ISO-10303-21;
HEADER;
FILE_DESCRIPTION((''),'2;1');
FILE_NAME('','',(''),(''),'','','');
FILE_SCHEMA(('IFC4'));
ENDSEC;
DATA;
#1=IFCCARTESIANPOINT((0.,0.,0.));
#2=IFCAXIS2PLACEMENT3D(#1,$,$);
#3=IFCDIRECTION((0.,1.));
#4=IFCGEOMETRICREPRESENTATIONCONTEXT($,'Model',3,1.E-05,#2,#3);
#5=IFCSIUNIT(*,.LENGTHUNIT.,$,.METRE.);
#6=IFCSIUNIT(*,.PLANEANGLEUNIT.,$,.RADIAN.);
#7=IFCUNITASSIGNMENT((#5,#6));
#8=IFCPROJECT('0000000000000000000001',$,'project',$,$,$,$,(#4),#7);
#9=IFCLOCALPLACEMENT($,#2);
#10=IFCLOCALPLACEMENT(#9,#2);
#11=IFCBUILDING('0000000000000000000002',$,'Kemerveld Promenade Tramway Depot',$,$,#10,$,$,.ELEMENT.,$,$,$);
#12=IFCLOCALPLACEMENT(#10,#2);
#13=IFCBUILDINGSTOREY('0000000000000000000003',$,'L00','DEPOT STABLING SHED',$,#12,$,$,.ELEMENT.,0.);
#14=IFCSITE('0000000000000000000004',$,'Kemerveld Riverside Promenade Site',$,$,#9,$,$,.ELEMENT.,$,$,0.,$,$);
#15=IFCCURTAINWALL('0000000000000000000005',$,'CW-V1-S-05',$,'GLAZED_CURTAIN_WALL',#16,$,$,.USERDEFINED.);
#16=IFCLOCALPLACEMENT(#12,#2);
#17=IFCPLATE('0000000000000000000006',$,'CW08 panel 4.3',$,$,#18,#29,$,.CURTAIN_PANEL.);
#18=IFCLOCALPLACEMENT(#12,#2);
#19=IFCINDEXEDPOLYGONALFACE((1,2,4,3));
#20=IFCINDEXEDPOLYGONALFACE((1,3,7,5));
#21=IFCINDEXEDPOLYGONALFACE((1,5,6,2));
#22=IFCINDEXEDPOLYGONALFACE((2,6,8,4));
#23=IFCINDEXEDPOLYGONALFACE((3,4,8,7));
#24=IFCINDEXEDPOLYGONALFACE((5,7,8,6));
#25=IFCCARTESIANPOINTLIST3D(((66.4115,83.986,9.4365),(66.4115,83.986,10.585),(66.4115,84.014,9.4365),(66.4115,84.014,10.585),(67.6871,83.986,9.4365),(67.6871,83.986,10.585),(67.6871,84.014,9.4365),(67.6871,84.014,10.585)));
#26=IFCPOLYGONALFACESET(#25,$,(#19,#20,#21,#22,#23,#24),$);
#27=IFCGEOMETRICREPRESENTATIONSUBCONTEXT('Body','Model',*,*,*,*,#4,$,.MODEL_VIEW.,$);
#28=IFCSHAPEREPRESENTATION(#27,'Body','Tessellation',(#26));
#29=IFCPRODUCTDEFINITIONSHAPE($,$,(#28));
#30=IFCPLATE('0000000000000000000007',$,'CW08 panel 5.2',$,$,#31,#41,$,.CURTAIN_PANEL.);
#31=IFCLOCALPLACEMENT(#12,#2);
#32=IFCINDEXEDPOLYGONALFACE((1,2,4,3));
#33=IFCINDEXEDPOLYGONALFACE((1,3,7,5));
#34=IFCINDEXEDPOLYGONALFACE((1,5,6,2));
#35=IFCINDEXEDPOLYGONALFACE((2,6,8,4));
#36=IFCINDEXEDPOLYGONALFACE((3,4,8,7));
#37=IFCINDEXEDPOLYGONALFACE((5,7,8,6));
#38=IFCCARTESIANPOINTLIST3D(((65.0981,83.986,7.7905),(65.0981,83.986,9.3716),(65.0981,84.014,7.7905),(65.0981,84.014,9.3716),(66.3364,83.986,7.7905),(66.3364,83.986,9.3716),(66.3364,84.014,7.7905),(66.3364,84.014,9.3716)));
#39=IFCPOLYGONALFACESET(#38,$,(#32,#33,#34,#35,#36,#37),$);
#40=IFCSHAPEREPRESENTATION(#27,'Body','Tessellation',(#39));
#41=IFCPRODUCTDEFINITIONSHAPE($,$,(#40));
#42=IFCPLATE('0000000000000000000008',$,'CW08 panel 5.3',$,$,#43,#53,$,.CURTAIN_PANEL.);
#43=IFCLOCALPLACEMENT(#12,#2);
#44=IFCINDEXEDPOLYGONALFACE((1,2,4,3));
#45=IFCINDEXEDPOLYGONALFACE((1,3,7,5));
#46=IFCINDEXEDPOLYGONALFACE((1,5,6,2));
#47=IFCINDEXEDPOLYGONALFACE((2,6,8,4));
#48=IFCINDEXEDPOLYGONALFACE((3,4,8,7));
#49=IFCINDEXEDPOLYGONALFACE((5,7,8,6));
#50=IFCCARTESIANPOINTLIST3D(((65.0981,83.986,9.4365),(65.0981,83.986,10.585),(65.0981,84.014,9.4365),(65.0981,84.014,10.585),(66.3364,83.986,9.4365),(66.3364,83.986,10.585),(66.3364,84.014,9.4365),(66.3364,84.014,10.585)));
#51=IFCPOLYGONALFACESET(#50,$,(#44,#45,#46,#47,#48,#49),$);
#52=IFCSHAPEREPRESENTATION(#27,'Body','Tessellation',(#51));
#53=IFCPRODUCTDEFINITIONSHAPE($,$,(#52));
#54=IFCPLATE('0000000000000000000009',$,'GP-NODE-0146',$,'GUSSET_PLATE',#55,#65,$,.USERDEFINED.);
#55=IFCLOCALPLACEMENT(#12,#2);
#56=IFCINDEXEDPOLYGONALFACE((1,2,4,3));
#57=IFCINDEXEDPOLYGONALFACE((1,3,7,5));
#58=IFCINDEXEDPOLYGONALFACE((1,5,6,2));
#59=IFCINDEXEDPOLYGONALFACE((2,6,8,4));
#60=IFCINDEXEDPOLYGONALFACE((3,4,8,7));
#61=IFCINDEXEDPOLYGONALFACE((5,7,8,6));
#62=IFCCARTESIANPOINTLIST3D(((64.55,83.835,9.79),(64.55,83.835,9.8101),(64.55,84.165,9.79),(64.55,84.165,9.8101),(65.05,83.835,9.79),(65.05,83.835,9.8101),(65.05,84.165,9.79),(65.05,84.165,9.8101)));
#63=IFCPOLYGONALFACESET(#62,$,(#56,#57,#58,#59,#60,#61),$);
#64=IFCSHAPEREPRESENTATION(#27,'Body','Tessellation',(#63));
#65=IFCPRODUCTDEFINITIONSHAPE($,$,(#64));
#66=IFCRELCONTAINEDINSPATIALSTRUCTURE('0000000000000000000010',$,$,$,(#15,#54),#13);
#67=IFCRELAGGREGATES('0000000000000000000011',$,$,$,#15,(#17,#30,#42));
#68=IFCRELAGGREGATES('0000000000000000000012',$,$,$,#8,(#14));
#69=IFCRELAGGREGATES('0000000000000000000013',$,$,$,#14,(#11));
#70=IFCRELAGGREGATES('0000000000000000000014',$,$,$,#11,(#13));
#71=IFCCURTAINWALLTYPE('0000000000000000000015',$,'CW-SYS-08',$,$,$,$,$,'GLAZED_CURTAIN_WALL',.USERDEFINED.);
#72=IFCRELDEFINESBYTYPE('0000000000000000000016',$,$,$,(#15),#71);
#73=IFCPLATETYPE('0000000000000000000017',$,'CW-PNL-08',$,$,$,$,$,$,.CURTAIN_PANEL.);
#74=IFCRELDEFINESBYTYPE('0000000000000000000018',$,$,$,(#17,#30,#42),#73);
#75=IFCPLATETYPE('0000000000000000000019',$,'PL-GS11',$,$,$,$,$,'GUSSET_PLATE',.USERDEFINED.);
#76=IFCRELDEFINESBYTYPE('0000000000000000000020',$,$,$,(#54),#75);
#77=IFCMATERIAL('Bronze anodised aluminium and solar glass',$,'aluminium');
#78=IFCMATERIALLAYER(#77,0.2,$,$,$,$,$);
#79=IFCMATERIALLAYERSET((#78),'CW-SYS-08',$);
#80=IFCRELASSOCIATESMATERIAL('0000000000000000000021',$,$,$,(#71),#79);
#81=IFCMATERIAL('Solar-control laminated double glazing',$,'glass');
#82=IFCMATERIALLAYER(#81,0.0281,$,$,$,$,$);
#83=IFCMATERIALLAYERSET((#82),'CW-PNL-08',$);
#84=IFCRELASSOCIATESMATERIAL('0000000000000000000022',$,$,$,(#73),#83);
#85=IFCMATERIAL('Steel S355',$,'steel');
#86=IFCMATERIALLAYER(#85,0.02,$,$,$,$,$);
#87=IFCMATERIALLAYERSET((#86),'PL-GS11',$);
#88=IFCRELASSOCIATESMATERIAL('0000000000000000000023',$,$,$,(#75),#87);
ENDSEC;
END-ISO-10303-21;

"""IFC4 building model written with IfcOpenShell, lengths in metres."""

from ifc_helpers import new_model, si_unit, direction, frame, origin, origin_2d, place, context, subcontext, project, spatial, rectangle, extrude, material, layer, layer_set, type_object, element, aggregate, save


model = new_model("IFC4")

# Units and contexts
model_context = context("Model", 3, precision=1e-05, world=origin(), true_north=direction((0.0, 1.0)))
body_context = subcontext(model_context, "Body", "Model", "MODEL_VIEW")
ifc_project = project(units=[si_unit("LENGTHUNIT", "METRE"), si_unit("PLANEANGLEUNIT", "RADIAN")], contexts=[model_context])

# Site, building, storey
site_placement = place(None, origin())
site = spatial("IfcSite", under=ifc_project, at=site_placement, Name="Kemerveld Riverside Promenade Site", CompositionType="ELEMENT", RefElevation=0.0)
building_placement = place(site_placement, origin())
building = spatial("IfcBuilding", under=site, at=building_placement, Name="Kemerveld Promenade Tramway Depot", CompositionType="ELEMENT")
storey_placement = place(building_placement, origin())
storey = spatial("IfcBuildingStorey", under=building, at=storey_placement, Name="L00", Description="DEPOT STABLING SHED", CompositionType="ELEMENT", Elevation=0.0)

# Shared definitions
ifc_material_1 = material(Name="Steel S355", Category="steel")

# Curtain wall
ifc_material_2 = material(Name="Bronze anodised aluminium and solar glass", Category="aluminium")
ifc_layer_1 = layer(ifc_material_2, 0.2)
ifc_layer_set_1 = layer_set([ifc_layer_1], Name="CW-SYS-08")
curtain_wall_type_1 = type_object("IfcCurtainWallType", Name="CW-SYS-08", ElementType="GLAZED_CURTAIN_WALL", PredefinedType="USERDEFINED", material=ifc_layer_set_1)
curtain_wall_1_placement = place(storey_placement, origin())
curtain_wall_1 = element("IfcCurtainWall", 1, at=curtain_wall_1_placement, inside=storey, type_object=curtain_wall_type_1, Name="CW-V1-S-05", ObjectType="GLAZED_CURTAIN_WALL", PredefinedType="USERDEFINED")

# Plates
ifc_material_3 = material(Name="Solar-control laminated double glazing", Category="glass")
ifc_layer_2 = layer(ifc_material_3, 0.0281)
ifc_layer_set_2 = layer_set([ifc_layer_2], Name="CW-PNL-08")
plate_type_1 = type_object("IfcPlateType", Name="CW-PNL-08", PredefinedType="CURTAIN_PANEL", material=ifc_layer_set_2)
plate_1_placement = place(storey_placement, frame((67.0493, 84.0, 9.4365), z_axis=(0.0, 0.0, 1.0), x_axis=(-1.0, 0.0, 0.0)))
plate_1 = element("IfcPlate", 2, at=plate_1_placement, type_object=plate_type_1, Name="CW08 panel 4.3", PredefinedType="CURTAIN_PANEL", context=body_context, shape_type="SweptSolid", body=[
    extrude(rectangle(XDim=1.2756, YDim=0.0281, at=origin_2d()), origin(), (0.0, 0.0, 1.0), 1.1484),
])
plate_2_placement = place(storey_placement, frame((65.7173, 84.0, 7.7905), z_axis=(0.0, 0.0, 1.0), x_axis=(-1.0, 0.0, 0.0)))
plate_2 = element("IfcPlate", 3, at=plate_2_placement, type_object=plate_type_1, Name="CW08 panel 5.2", PredefinedType="CURTAIN_PANEL", context=body_context, shape_type="SweptSolid", body=[
    extrude(rectangle(XDim=1.2383, YDim=0.0281, at=origin_2d()), origin(), (0.0, 0.0, 1.0), 1.5811),
])
plate_3_placement = place(storey_placement, frame((65.7173, 84.0, 9.4365), z_axis=(0.0, 0.0, 1.0), x_axis=(-1.0, 0.0, 0.0)))
plate_3 = element("IfcPlate", 4, at=plate_3_placement, type_object=plate_type_1, Name="CW08 panel 5.3", PredefinedType="CURTAIN_PANEL", context=body_context, shape_type="SweptSolid", body=[
    extrude(rectangle(XDim=1.2383, YDim=0.0281, at=origin_2d()), origin(), (0.0, 0.0, 1.0), 1.1484),
])
aggregate(curtain_wall_1, [plate_1, plate_2, plate_3])
ifc_layer_3 = layer(ifc_material_1, 0.02)
ifc_layer_set_3 = layer_set([ifc_layer_3], Name="PL-GS11")
plate_type_2 = type_object("IfcPlateType", Name="PL-GS11", ElementType="GUSSET_PLATE", PredefinedType="USERDEFINED", material=ifc_layer_set_3)
plate_4_placement = place(storey_placement, frame((64.8, 84.0, 9.79), z_axis=(0.0, 0.0, 1.0), x_axis=(1.0, 0.0, 0.0)))
element("IfcPlate", 5, at=plate_4_placement, inside=storey, type_object=plate_type_2, Name="GP-NODE-0146", ObjectType="GUSSET_PLATE", PredefinedType="USERDEFINED", context=body_context, shape_type="SweptSolid", body=[
    extrude(rectangle(XDim=0.5, YDim=0.3301, at=origin_2d()), origin(), (0.0, 0.0, 1.0), 0.02),
])

save(model, "model.ifc")
